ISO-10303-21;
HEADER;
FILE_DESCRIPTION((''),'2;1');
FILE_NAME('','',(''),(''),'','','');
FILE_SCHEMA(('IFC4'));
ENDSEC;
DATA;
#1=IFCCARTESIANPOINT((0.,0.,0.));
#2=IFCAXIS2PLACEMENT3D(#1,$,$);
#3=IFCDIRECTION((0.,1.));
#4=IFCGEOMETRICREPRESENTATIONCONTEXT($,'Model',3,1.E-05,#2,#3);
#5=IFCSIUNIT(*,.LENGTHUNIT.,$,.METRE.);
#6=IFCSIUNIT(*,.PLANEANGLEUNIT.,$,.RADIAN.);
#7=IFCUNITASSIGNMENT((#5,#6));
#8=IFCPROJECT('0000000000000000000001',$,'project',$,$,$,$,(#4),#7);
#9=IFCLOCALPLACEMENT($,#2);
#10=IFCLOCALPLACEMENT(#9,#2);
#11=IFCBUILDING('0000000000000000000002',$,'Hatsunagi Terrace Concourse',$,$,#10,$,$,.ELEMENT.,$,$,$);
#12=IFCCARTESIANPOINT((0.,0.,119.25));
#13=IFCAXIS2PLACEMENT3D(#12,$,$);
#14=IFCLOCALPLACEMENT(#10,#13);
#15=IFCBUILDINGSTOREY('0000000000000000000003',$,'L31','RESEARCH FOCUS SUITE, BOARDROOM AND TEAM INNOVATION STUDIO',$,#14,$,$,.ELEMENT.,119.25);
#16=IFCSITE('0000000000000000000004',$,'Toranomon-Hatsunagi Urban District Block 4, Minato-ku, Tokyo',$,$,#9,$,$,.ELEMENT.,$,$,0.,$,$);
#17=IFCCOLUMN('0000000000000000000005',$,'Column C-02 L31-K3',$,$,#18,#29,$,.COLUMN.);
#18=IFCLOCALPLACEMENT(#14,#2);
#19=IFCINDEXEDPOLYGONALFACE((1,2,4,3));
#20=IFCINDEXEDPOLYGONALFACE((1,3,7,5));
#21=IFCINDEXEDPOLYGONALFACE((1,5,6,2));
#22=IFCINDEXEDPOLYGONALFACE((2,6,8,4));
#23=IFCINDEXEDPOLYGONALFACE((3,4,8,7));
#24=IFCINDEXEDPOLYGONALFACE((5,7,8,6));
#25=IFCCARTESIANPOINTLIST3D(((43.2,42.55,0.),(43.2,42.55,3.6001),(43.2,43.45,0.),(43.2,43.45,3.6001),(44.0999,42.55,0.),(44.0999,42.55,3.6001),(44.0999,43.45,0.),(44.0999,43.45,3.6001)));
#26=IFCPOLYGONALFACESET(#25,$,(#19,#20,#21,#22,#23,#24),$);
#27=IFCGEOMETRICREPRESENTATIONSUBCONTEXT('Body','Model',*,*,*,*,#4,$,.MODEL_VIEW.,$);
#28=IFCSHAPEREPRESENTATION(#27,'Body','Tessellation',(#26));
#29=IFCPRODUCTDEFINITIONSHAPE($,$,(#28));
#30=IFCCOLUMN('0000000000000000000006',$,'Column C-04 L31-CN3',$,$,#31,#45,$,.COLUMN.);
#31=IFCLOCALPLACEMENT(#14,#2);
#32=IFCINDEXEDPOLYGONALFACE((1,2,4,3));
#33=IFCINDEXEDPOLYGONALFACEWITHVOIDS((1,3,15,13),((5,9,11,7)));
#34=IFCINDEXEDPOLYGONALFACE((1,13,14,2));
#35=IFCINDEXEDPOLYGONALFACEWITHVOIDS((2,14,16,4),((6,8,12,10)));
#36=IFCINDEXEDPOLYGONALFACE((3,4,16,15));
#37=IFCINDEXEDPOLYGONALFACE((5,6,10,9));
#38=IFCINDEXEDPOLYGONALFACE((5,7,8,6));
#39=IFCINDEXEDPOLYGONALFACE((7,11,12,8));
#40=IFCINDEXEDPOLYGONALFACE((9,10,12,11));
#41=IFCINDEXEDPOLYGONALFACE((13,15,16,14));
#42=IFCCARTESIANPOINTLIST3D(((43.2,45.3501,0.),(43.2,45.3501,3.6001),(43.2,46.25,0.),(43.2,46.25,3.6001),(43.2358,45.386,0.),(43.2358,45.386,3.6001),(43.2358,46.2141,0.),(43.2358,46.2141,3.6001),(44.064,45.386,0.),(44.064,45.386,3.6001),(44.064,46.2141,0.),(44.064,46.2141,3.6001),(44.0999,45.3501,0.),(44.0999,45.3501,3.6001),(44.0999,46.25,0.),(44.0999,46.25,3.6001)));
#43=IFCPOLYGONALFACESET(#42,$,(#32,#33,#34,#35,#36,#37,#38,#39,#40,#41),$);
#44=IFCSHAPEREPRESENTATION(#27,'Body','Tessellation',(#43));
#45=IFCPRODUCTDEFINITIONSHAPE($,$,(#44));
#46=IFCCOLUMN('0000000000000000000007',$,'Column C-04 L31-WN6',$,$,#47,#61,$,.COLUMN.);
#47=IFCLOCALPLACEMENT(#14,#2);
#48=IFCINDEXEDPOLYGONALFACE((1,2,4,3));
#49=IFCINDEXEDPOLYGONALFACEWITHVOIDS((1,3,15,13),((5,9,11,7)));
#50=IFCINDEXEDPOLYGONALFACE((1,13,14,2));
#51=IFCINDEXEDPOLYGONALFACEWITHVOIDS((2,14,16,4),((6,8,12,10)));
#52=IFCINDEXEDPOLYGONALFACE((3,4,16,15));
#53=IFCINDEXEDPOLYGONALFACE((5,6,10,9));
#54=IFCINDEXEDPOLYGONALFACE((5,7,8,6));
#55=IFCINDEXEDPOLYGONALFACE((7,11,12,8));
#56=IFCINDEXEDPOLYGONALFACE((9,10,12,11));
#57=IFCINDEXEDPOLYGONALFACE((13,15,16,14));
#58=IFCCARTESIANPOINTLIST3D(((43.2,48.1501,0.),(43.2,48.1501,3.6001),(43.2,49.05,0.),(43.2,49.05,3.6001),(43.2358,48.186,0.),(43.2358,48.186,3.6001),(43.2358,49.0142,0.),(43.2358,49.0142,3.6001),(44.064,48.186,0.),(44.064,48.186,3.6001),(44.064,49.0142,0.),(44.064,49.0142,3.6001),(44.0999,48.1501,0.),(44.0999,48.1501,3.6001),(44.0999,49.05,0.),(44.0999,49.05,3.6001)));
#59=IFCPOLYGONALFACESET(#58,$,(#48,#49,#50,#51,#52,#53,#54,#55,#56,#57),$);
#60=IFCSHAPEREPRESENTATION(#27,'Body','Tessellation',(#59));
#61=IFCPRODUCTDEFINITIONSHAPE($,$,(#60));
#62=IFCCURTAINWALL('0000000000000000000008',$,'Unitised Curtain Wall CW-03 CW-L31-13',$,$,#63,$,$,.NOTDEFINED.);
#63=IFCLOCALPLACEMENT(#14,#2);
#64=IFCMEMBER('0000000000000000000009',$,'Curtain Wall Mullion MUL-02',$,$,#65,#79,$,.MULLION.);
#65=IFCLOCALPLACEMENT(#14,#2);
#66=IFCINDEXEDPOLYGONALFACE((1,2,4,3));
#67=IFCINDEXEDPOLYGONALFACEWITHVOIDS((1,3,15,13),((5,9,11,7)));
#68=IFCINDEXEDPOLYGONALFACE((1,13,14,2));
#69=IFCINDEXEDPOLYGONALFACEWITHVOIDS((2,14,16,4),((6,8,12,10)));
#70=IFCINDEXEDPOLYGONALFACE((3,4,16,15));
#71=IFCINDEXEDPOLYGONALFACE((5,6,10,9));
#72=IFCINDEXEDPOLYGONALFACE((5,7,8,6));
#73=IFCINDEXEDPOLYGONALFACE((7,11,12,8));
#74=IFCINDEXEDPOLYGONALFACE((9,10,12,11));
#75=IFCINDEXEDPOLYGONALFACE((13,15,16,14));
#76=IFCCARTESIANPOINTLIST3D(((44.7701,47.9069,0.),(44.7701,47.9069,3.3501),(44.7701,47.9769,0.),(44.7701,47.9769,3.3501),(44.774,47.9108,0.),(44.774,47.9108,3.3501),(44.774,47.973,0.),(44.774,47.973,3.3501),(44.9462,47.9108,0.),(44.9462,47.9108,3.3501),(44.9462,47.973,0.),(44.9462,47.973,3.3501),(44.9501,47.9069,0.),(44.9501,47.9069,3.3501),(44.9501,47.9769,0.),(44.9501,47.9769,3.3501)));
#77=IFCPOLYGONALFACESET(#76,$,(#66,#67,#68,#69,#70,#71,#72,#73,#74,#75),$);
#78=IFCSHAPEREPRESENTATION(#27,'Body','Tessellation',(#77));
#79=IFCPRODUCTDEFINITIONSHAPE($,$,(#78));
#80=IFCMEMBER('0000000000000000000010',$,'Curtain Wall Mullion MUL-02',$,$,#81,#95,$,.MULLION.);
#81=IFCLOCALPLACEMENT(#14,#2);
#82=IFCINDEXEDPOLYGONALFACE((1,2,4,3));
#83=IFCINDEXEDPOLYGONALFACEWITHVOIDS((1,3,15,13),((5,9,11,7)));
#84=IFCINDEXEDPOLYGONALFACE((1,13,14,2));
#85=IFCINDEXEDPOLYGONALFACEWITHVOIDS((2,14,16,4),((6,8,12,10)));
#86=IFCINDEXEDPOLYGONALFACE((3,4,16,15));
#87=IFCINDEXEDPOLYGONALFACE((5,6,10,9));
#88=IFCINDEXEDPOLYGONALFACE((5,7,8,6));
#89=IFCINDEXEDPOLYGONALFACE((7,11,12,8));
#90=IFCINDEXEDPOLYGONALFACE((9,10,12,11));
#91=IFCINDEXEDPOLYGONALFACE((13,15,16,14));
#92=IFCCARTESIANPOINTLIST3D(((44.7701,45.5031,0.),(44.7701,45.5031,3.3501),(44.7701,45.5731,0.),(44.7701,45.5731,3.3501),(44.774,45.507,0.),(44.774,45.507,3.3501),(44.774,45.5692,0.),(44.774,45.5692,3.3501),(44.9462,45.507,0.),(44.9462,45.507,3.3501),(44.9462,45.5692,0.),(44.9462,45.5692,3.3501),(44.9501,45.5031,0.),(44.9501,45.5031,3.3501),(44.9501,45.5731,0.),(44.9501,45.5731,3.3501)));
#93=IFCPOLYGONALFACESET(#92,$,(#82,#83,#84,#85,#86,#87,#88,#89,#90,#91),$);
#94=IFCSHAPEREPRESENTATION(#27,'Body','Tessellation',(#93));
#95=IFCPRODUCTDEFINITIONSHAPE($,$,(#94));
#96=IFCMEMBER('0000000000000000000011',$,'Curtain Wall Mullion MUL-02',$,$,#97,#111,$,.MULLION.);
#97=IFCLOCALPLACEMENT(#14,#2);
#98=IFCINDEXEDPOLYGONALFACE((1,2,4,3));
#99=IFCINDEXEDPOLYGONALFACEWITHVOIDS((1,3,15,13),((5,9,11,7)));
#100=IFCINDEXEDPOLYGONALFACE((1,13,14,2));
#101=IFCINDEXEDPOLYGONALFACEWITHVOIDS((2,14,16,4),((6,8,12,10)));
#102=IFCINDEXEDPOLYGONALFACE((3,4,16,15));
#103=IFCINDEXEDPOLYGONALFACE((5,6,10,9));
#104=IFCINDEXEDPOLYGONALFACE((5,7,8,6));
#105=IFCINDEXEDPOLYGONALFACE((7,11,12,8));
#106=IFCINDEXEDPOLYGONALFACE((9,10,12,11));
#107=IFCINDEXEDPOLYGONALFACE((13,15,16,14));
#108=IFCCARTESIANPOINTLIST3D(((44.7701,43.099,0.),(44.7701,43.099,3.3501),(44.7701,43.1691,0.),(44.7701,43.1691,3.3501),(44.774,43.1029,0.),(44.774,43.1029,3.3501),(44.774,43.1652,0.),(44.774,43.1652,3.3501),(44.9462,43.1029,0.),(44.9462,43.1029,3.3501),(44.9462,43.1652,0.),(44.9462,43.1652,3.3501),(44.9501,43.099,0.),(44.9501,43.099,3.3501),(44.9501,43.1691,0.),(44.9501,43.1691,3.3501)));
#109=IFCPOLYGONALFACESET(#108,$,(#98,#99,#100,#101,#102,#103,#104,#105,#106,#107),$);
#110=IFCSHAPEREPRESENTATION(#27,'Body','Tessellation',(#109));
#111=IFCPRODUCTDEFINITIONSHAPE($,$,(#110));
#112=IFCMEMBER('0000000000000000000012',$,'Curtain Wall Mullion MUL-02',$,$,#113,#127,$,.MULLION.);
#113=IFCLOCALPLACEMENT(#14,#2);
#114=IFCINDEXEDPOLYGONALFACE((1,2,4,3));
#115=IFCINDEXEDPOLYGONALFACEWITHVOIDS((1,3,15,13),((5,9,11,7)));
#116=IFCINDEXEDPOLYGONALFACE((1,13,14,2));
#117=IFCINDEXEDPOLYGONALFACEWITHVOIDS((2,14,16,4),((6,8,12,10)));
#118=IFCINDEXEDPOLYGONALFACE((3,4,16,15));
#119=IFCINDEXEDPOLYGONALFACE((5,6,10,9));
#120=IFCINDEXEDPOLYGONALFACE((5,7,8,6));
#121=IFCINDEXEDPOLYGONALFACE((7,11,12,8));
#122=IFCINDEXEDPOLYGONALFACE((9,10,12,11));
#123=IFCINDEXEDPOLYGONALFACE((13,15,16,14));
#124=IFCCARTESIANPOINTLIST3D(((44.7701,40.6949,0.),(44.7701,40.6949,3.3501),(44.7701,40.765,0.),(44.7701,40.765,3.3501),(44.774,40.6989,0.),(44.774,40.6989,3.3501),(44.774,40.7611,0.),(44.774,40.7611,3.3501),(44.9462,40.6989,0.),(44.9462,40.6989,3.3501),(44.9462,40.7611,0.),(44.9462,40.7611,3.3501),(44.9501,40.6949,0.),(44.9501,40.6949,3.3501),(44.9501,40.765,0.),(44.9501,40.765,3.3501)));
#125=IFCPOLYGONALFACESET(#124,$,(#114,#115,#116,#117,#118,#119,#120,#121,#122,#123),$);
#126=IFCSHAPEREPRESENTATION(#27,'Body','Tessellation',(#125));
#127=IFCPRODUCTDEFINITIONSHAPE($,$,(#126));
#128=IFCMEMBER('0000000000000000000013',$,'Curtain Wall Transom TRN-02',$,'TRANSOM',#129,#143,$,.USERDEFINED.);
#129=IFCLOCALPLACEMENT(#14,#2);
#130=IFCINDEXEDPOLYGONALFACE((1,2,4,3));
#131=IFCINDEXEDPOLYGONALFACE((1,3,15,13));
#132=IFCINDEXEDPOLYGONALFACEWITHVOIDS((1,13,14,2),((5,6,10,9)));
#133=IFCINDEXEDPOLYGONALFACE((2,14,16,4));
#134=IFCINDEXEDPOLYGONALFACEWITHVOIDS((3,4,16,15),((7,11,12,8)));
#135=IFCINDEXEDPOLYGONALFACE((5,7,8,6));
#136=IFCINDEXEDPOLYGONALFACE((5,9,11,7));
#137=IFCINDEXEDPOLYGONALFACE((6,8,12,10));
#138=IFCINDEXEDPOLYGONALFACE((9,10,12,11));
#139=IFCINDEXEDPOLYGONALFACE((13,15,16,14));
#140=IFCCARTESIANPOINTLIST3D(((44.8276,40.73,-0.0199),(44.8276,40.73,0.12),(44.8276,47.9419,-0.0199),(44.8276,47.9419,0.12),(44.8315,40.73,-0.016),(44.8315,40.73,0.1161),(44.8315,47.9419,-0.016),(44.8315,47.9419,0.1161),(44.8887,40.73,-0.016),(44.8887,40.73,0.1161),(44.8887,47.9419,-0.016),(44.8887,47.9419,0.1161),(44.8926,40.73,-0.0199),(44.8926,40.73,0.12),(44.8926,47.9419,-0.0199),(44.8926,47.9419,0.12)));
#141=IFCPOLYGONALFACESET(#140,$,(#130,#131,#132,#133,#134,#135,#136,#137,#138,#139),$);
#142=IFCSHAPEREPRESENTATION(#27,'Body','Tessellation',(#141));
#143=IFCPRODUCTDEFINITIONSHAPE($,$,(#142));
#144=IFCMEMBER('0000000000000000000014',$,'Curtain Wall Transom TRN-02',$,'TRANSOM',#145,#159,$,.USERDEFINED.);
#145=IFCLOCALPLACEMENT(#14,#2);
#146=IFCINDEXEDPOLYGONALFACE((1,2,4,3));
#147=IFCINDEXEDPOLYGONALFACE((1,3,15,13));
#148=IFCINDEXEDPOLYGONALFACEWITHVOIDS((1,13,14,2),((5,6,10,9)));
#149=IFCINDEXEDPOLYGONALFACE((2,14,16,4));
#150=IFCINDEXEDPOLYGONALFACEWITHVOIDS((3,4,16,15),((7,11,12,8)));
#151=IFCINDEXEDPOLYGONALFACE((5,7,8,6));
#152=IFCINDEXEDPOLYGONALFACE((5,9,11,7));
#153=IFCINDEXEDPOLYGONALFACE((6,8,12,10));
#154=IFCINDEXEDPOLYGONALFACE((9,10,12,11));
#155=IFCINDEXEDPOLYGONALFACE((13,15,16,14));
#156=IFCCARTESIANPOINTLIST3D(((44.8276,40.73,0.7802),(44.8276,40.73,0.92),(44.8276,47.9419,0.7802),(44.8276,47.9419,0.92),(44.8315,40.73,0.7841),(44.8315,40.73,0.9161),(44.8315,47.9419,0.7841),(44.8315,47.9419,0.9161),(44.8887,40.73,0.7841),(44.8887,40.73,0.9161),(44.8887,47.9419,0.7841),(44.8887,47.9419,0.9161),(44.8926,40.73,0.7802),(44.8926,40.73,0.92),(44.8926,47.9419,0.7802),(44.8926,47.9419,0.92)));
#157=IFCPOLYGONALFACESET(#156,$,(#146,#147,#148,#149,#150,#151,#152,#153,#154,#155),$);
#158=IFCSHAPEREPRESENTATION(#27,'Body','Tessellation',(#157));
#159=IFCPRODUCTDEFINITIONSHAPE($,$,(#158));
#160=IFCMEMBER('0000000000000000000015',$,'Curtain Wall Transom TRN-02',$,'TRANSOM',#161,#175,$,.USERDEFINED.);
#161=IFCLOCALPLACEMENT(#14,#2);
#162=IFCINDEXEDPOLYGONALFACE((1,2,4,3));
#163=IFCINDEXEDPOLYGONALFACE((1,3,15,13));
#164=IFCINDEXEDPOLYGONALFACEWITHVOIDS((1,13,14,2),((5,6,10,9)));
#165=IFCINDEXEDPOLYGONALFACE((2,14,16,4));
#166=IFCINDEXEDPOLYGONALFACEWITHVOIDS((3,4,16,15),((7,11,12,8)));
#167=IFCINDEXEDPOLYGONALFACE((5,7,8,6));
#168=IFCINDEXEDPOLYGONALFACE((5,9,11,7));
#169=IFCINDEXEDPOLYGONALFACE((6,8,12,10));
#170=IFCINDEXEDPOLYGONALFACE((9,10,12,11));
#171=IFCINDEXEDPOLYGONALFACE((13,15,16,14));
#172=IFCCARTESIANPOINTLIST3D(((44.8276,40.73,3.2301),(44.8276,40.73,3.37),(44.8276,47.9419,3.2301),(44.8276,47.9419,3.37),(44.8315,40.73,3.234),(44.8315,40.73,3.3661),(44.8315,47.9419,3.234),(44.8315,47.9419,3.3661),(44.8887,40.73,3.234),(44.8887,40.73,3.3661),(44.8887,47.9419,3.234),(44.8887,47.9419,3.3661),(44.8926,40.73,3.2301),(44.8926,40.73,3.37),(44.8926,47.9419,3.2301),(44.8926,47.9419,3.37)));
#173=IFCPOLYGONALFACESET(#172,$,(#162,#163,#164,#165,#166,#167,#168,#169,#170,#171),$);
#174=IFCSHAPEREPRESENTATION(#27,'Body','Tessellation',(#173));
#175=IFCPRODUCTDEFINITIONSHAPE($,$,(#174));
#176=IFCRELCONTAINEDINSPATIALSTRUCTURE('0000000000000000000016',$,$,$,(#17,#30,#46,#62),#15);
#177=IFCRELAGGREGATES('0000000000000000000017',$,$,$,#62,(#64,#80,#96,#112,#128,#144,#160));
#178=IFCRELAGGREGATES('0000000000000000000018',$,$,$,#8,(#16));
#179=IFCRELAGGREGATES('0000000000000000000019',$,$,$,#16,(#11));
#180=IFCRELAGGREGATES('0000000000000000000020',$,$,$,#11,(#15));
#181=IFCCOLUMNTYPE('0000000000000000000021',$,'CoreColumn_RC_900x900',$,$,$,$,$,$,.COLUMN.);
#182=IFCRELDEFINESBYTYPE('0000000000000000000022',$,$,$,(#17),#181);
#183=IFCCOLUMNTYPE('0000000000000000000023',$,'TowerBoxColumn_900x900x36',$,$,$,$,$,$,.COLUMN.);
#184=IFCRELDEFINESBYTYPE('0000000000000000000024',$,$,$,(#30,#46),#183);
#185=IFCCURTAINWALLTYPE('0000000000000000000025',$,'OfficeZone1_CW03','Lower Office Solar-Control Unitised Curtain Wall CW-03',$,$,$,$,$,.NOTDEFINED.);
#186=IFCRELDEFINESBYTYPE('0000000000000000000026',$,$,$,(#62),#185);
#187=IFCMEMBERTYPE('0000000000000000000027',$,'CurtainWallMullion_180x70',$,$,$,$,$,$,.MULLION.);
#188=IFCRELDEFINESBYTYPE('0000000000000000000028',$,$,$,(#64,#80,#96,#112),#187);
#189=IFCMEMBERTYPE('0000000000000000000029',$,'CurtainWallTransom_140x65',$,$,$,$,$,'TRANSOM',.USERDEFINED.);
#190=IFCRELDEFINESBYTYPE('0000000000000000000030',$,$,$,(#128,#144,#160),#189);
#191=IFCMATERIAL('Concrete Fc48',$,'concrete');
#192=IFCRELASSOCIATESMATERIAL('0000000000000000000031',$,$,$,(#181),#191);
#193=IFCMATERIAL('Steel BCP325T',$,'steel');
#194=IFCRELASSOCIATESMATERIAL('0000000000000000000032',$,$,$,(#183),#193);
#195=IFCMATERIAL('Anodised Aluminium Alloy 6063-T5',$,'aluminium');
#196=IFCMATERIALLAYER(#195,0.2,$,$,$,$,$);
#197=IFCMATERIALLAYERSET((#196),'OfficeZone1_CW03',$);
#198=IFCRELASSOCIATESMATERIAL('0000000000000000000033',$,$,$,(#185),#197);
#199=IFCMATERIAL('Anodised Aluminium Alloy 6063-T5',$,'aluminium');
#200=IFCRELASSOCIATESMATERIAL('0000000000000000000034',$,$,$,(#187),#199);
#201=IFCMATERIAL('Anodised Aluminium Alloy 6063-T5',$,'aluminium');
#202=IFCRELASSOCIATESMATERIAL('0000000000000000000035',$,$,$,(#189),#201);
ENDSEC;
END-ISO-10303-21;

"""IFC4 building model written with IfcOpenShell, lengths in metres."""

from ifc_helpers import new_model, si_unit, direction, frame, origin, origin_2d, place, context, subcontext, project, spatial, rectangle, hollow_rectangle, extrude, material, layer, layer_set, material_profile, profile_set, type_object, element, aggregate, save


model = new_model("IFC4")

# Units and contexts
model_context = context("Model", 3, precision=1e-05, world=origin(), true_north=direction((0.0, 1.0)))
body_context = subcontext(model_context, "Body", "Model", "MODEL_VIEW")
ifc_project = project(units=[si_unit("LENGTHUNIT", "METRE"), si_unit("PLANEANGLEUNIT", "RADIAN")], contexts=[model_context])

# Site, building, storey
site_placement = place(None, origin())
site = spatial("IfcSite", under=ifc_project, at=site_placement, Name="Toranomon-Hatsunagi Urban District Block 4, Minato-ku, Tokyo", CompositionType="ELEMENT", RefElevation=0.0)
building_placement = place(site_placement, origin())
building = spatial("IfcBuilding", under=site, at=building_placement, Name="Hatsunagi Terrace Concourse", CompositionType="ELEMENT")
storey_placement = place(building_placement, frame((0.0, 0.0, 119.25)))
storey = spatial("IfcBuildingStorey", under=building, at=storey_placement, Name="L31", Description="RESEARCH FOCUS SUITE, BOARDROOM AND TEAM INNOVATION STUDIO", CompositionType="ELEMENT", Elevation=119.25)

# Columns
ifc_material_1 = material(Name="Concrete Fc48", Category="concrete")
ifc_material_profile_1 = material_profile(ifc_material_1, rectangle(XDim=0.8999, YDim=0.8999, at=origin_2d()), Name="RC-900x900")
ifc_profile_set_1 = profile_set([ifc_material_profile_1], Name="Concrete Fc48")
column_type_1 = type_object("IfcColumnType", Name="CoreColumn_RC_900x900", PredefinedType="COLUMN", material=ifc_profile_set_1)
column_placement = place(storey_placement, frame((43.6499, 43.0, 0.0), z_axis=(0.0, 0.0, 1.0), x_axis=(1.0, 0.0, 0.0)))
element("IfcColumn", 1, at=column_placement, inside=storey, type_object=column_type_1, Name="Column C-02 L31-K3", PredefinedType="COLUMN", context=body_context, shape_type="SweptSolid", body=[
    extrude(rectangle(XDim=0.8999, YDim=0.8999, at=origin_2d()), origin(), (0.0, 0.0, 1.0), 3.6001),
])
ifc_material_2 = material(Name="Steel BCP325T", Category="steel")
ifc_material_profile_2 = material_profile(ifc_material_2, hollow_rectangle(XDim=0.8999, YDim=0.8999, WallThickness=0.0359, at=origin_2d()), Name="BCP-900x900x36")
ifc_profile_set_2 = profile_set([ifc_material_profile_2], Name="Steel BCP325T")
column_type_2 = type_object("IfcColumnType", Name="TowerBoxColumn_900x900x36", PredefinedType="COLUMN", material=ifc_profile_set_2)
for number, where, z_axis, x_axis, name in (
    (2, (43.6499, 45.8, 0.0), (0.0, 0.0, 1.0), (1.0, 0.0, 0.0), "Column C-04 L31-CN3"),
    (3, (43.6499, 48.6001, 0.0), (0.0, 0.0, 1.0), (1.0, 0.0, 0.0), "Column C-04 L31-WN6"),
):
    element("IfcColumn", number, at=place(storey_placement, frame(where, z_axis=z_axis, x_axis=x_axis)), inside=storey, type_object=column_type_2, Name=name, PredefinedType="COLUMN", context=body_context, shape_type="SweptSolid", body=[
        extrude(hollow_rectangle(XDim=0.8999, YDim=0.8999, WallThickness=0.0359, at=origin_2d()), origin(), (0.0, 0.0, 1.0), 3.6001),
    ])

# Curtain wall, members
ifc_material_3 = material(Name="Anodised Aluminium Alloy 6063-T5", Category="aluminium")
ifc_layer_1 = layer(ifc_material_3, 0.2)
ifc_layer_set_1 = layer_set([ifc_layer_1], Name="OfficeZone1_CW03")
curtain_wall_type = type_object("IfcCurtainWallType", Name="OfficeZone1_CW03", Description="Lower Office Solar-Control Unitised Curtain Wall CW-03", PredefinedType="NOTDEFINED", material=ifc_layer_set_1)
curtain_wall_placement = place(storey_placement, origin())
curtain_wall = element("IfcCurtainWall", 4, at=curtain_wall_placement, inside=storey, type_object=curtain_wall_type, Name="Unitised Curtain Wall CW-03 CW-L31-13", PredefinedType="NOTDEFINED")
ifc_material_4 = material(Name="Anodised Aluminium Alloy 6063-T5", Category="aluminium")
ifc_material_profile_3 = material_profile(ifc_material_4, hollow_rectangle(XDim=0.0701, YDim=0.1799, WallThickness=0.0039, at=origin_2d()), Name="ALU-MUL-180x70x4")
ifc_profile_set_3 = profile_set([ifc_material_profile_3], Name="Anodised Aluminium Alloy 6063-T5")
member_type_1 = type_object("IfcMemberType", Name="CurtainWallMullion_180x70", PredefinedType="MULLION", material=ifc_profile_set_3)
member_1_placement = place(storey_placement, frame((44.8601, 47.9419, 0.0), z_axis=(0.0, 0.0, 1.0), x_axis=(0.0, -1.0, 0.0)))
member_1 = element("IfcMember", 5, at=member_1_placement, type_object=member_type_1, Name="Curtain Wall Mullion MUL-02", PredefinedType="MULLION", context=body_context, shape_type="SweptSolid", body=[
    extrude(hollow_rectangle(XDim=0.0701, YDim=0.1799, WallThickness=0.0039, at=origin_2d()), origin(), (0.0, 0.0, 1.0), 3.3501),
])
member_2_placement = place(storey_placement, frame((44.8601, 45.5381, 0.0), z_axis=(0.0, 0.0, 1.0), x_axis=(0.0, -1.0, 0.0)))
member_2 = element("IfcMember", 6, at=member_2_placement, type_object=member_type_1, Name="Curtain Wall Mullion MUL-02", PredefinedType="MULLION", context=body_context, shape_type="SweptSolid", body=[
    extrude(hollow_rectangle(XDim=0.0701, YDim=0.1799, WallThickness=0.0039, at=origin_2d()), origin(), (0.0, 0.0, 1.0), 3.3501),
])
member_3_placement = place(storey_placement, frame((44.8601, 43.134, 0.0), z_axis=(0.0, 0.0, 1.0), x_axis=(0.0, -1.0, 0.0)))
member_3 = element("IfcMember", 7, at=member_3_placement, type_object=member_type_1, Name="Curtain Wall Mullion MUL-02", PredefinedType="MULLION", context=body_context, shape_type="SweptSolid", body=[
    extrude(hollow_rectangle(XDim=0.0701, YDim=0.1799, WallThickness=0.0039, at=origin_2d()), origin(), (0.0, 0.0, 1.0), 3.3501),
])
member_4_placement = place(storey_placement, frame((44.8601, 40.73, 0.0), z_axis=(0.0, 0.0, 1.0), x_axis=(0.0, -1.0, 0.0)))
member_4 = element("IfcMember", 8, at=member_4_placement, type_object=member_type_1, Name="Curtain Wall Mullion MUL-02", PredefinedType="MULLION", context=body_context, shape_type="SweptSolid", body=[
    extrude(hollow_rectangle(XDim=0.0701, YDim=0.1799, WallThickness=0.0039, at=origin_2d()), origin(), (0.0, 0.0, 1.0), 3.3501),
])
ifc_material_5 = material(Name="Anodised Aluminium Alloy 6063-T5", Category="aluminium")
ifc_material_profile_4 = material_profile(ifc_material_5, hollow_rectangle(XDim=0.0649, YDim=0.1399, WallThickness=0.0039, at=origin_2d()), Name="ALU-TRN-140x65x4")
ifc_profile_set_4 = profile_set([ifc_material_profile_4], Name="Anodised Aluminium Alloy 6063-T5")
member_type_2 = type_object("IfcMemberType", Name="CurtainWallTransom_140x65", ElementType="TRANSOM", PredefinedType="USERDEFINED", material=ifc_profile_set_4)
member_5_placement = place(storey_placement, frame((44.8601, 47.9419, 0.05), z_axis=(0.0, -1.0, 0.0), x_axis=(1.0, 0.0, 0.0)))
member_5 = element("IfcMember", 9, at=member_5_placement, type_object=member_type_2, Name="Curtain Wall Transom TRN-02", ObjectType="TRANSOM", PredefinedType="USERDEFINED", context=body_context, shape_type="SweptSolid", body=[
    extrude(hollow_rectangle(XDim=0.0649, YDim=0.1399, WallThickness=0.0039, at=origin_2d()), origin(), (0.0, 0.0, 1.0), 7.2119),
])
member_6_placement = place(storey_placement, frame((44.8601, 47.9419, 0.8501), z_axis=(0.0, -1.0, 0.0), x_axis=(1.0, 0.0, 0.0)))
member_6 = element("IfcMember", 10, at=member_6_placement, type_object=member_type_2, Name="Curtain Wall Transom TRN-02", ObjectType="TRANSOM", PredefinedType="USERDEFINED", context=body_context, shape_type="SweptSolid", body=[
    extrude(hollow_rectangle(XDim=0.0649, YDim=0.1399, WallThickness=0.0039, at=origin_2d()), origin(), (0.0, 0.0, 1.0), 7.2119),
])
member_7_placement = place(storey_placement, frame((44.8601, 47.9419, 3.3), z_axis=(0.0, -1.0, 0.0), x_axis=(1.0, 0.0, 0.0)))
member_7 = element("IfcMember", 11, at=member_7_placement, type_object=member_type_2, Name="Curtain Wall Transom TRN-02", ObjectType="TRANSOM", PredefinedType="USERDEFINED", context=body_context, shape_type="SweptSolid", body=[
    extrude(hollow_rectangle(XDim=0.0649, YDim=0.1399, WallThickness=0.0039, at=origin_2d()), origin(), (0.0, 0.0, 1.0), 7.2119),
])

aggregate(curtain_wall, [member_1, member_2, member_3, member_4, member_5, member_6, member_7])

save(model, "model.ifc")
